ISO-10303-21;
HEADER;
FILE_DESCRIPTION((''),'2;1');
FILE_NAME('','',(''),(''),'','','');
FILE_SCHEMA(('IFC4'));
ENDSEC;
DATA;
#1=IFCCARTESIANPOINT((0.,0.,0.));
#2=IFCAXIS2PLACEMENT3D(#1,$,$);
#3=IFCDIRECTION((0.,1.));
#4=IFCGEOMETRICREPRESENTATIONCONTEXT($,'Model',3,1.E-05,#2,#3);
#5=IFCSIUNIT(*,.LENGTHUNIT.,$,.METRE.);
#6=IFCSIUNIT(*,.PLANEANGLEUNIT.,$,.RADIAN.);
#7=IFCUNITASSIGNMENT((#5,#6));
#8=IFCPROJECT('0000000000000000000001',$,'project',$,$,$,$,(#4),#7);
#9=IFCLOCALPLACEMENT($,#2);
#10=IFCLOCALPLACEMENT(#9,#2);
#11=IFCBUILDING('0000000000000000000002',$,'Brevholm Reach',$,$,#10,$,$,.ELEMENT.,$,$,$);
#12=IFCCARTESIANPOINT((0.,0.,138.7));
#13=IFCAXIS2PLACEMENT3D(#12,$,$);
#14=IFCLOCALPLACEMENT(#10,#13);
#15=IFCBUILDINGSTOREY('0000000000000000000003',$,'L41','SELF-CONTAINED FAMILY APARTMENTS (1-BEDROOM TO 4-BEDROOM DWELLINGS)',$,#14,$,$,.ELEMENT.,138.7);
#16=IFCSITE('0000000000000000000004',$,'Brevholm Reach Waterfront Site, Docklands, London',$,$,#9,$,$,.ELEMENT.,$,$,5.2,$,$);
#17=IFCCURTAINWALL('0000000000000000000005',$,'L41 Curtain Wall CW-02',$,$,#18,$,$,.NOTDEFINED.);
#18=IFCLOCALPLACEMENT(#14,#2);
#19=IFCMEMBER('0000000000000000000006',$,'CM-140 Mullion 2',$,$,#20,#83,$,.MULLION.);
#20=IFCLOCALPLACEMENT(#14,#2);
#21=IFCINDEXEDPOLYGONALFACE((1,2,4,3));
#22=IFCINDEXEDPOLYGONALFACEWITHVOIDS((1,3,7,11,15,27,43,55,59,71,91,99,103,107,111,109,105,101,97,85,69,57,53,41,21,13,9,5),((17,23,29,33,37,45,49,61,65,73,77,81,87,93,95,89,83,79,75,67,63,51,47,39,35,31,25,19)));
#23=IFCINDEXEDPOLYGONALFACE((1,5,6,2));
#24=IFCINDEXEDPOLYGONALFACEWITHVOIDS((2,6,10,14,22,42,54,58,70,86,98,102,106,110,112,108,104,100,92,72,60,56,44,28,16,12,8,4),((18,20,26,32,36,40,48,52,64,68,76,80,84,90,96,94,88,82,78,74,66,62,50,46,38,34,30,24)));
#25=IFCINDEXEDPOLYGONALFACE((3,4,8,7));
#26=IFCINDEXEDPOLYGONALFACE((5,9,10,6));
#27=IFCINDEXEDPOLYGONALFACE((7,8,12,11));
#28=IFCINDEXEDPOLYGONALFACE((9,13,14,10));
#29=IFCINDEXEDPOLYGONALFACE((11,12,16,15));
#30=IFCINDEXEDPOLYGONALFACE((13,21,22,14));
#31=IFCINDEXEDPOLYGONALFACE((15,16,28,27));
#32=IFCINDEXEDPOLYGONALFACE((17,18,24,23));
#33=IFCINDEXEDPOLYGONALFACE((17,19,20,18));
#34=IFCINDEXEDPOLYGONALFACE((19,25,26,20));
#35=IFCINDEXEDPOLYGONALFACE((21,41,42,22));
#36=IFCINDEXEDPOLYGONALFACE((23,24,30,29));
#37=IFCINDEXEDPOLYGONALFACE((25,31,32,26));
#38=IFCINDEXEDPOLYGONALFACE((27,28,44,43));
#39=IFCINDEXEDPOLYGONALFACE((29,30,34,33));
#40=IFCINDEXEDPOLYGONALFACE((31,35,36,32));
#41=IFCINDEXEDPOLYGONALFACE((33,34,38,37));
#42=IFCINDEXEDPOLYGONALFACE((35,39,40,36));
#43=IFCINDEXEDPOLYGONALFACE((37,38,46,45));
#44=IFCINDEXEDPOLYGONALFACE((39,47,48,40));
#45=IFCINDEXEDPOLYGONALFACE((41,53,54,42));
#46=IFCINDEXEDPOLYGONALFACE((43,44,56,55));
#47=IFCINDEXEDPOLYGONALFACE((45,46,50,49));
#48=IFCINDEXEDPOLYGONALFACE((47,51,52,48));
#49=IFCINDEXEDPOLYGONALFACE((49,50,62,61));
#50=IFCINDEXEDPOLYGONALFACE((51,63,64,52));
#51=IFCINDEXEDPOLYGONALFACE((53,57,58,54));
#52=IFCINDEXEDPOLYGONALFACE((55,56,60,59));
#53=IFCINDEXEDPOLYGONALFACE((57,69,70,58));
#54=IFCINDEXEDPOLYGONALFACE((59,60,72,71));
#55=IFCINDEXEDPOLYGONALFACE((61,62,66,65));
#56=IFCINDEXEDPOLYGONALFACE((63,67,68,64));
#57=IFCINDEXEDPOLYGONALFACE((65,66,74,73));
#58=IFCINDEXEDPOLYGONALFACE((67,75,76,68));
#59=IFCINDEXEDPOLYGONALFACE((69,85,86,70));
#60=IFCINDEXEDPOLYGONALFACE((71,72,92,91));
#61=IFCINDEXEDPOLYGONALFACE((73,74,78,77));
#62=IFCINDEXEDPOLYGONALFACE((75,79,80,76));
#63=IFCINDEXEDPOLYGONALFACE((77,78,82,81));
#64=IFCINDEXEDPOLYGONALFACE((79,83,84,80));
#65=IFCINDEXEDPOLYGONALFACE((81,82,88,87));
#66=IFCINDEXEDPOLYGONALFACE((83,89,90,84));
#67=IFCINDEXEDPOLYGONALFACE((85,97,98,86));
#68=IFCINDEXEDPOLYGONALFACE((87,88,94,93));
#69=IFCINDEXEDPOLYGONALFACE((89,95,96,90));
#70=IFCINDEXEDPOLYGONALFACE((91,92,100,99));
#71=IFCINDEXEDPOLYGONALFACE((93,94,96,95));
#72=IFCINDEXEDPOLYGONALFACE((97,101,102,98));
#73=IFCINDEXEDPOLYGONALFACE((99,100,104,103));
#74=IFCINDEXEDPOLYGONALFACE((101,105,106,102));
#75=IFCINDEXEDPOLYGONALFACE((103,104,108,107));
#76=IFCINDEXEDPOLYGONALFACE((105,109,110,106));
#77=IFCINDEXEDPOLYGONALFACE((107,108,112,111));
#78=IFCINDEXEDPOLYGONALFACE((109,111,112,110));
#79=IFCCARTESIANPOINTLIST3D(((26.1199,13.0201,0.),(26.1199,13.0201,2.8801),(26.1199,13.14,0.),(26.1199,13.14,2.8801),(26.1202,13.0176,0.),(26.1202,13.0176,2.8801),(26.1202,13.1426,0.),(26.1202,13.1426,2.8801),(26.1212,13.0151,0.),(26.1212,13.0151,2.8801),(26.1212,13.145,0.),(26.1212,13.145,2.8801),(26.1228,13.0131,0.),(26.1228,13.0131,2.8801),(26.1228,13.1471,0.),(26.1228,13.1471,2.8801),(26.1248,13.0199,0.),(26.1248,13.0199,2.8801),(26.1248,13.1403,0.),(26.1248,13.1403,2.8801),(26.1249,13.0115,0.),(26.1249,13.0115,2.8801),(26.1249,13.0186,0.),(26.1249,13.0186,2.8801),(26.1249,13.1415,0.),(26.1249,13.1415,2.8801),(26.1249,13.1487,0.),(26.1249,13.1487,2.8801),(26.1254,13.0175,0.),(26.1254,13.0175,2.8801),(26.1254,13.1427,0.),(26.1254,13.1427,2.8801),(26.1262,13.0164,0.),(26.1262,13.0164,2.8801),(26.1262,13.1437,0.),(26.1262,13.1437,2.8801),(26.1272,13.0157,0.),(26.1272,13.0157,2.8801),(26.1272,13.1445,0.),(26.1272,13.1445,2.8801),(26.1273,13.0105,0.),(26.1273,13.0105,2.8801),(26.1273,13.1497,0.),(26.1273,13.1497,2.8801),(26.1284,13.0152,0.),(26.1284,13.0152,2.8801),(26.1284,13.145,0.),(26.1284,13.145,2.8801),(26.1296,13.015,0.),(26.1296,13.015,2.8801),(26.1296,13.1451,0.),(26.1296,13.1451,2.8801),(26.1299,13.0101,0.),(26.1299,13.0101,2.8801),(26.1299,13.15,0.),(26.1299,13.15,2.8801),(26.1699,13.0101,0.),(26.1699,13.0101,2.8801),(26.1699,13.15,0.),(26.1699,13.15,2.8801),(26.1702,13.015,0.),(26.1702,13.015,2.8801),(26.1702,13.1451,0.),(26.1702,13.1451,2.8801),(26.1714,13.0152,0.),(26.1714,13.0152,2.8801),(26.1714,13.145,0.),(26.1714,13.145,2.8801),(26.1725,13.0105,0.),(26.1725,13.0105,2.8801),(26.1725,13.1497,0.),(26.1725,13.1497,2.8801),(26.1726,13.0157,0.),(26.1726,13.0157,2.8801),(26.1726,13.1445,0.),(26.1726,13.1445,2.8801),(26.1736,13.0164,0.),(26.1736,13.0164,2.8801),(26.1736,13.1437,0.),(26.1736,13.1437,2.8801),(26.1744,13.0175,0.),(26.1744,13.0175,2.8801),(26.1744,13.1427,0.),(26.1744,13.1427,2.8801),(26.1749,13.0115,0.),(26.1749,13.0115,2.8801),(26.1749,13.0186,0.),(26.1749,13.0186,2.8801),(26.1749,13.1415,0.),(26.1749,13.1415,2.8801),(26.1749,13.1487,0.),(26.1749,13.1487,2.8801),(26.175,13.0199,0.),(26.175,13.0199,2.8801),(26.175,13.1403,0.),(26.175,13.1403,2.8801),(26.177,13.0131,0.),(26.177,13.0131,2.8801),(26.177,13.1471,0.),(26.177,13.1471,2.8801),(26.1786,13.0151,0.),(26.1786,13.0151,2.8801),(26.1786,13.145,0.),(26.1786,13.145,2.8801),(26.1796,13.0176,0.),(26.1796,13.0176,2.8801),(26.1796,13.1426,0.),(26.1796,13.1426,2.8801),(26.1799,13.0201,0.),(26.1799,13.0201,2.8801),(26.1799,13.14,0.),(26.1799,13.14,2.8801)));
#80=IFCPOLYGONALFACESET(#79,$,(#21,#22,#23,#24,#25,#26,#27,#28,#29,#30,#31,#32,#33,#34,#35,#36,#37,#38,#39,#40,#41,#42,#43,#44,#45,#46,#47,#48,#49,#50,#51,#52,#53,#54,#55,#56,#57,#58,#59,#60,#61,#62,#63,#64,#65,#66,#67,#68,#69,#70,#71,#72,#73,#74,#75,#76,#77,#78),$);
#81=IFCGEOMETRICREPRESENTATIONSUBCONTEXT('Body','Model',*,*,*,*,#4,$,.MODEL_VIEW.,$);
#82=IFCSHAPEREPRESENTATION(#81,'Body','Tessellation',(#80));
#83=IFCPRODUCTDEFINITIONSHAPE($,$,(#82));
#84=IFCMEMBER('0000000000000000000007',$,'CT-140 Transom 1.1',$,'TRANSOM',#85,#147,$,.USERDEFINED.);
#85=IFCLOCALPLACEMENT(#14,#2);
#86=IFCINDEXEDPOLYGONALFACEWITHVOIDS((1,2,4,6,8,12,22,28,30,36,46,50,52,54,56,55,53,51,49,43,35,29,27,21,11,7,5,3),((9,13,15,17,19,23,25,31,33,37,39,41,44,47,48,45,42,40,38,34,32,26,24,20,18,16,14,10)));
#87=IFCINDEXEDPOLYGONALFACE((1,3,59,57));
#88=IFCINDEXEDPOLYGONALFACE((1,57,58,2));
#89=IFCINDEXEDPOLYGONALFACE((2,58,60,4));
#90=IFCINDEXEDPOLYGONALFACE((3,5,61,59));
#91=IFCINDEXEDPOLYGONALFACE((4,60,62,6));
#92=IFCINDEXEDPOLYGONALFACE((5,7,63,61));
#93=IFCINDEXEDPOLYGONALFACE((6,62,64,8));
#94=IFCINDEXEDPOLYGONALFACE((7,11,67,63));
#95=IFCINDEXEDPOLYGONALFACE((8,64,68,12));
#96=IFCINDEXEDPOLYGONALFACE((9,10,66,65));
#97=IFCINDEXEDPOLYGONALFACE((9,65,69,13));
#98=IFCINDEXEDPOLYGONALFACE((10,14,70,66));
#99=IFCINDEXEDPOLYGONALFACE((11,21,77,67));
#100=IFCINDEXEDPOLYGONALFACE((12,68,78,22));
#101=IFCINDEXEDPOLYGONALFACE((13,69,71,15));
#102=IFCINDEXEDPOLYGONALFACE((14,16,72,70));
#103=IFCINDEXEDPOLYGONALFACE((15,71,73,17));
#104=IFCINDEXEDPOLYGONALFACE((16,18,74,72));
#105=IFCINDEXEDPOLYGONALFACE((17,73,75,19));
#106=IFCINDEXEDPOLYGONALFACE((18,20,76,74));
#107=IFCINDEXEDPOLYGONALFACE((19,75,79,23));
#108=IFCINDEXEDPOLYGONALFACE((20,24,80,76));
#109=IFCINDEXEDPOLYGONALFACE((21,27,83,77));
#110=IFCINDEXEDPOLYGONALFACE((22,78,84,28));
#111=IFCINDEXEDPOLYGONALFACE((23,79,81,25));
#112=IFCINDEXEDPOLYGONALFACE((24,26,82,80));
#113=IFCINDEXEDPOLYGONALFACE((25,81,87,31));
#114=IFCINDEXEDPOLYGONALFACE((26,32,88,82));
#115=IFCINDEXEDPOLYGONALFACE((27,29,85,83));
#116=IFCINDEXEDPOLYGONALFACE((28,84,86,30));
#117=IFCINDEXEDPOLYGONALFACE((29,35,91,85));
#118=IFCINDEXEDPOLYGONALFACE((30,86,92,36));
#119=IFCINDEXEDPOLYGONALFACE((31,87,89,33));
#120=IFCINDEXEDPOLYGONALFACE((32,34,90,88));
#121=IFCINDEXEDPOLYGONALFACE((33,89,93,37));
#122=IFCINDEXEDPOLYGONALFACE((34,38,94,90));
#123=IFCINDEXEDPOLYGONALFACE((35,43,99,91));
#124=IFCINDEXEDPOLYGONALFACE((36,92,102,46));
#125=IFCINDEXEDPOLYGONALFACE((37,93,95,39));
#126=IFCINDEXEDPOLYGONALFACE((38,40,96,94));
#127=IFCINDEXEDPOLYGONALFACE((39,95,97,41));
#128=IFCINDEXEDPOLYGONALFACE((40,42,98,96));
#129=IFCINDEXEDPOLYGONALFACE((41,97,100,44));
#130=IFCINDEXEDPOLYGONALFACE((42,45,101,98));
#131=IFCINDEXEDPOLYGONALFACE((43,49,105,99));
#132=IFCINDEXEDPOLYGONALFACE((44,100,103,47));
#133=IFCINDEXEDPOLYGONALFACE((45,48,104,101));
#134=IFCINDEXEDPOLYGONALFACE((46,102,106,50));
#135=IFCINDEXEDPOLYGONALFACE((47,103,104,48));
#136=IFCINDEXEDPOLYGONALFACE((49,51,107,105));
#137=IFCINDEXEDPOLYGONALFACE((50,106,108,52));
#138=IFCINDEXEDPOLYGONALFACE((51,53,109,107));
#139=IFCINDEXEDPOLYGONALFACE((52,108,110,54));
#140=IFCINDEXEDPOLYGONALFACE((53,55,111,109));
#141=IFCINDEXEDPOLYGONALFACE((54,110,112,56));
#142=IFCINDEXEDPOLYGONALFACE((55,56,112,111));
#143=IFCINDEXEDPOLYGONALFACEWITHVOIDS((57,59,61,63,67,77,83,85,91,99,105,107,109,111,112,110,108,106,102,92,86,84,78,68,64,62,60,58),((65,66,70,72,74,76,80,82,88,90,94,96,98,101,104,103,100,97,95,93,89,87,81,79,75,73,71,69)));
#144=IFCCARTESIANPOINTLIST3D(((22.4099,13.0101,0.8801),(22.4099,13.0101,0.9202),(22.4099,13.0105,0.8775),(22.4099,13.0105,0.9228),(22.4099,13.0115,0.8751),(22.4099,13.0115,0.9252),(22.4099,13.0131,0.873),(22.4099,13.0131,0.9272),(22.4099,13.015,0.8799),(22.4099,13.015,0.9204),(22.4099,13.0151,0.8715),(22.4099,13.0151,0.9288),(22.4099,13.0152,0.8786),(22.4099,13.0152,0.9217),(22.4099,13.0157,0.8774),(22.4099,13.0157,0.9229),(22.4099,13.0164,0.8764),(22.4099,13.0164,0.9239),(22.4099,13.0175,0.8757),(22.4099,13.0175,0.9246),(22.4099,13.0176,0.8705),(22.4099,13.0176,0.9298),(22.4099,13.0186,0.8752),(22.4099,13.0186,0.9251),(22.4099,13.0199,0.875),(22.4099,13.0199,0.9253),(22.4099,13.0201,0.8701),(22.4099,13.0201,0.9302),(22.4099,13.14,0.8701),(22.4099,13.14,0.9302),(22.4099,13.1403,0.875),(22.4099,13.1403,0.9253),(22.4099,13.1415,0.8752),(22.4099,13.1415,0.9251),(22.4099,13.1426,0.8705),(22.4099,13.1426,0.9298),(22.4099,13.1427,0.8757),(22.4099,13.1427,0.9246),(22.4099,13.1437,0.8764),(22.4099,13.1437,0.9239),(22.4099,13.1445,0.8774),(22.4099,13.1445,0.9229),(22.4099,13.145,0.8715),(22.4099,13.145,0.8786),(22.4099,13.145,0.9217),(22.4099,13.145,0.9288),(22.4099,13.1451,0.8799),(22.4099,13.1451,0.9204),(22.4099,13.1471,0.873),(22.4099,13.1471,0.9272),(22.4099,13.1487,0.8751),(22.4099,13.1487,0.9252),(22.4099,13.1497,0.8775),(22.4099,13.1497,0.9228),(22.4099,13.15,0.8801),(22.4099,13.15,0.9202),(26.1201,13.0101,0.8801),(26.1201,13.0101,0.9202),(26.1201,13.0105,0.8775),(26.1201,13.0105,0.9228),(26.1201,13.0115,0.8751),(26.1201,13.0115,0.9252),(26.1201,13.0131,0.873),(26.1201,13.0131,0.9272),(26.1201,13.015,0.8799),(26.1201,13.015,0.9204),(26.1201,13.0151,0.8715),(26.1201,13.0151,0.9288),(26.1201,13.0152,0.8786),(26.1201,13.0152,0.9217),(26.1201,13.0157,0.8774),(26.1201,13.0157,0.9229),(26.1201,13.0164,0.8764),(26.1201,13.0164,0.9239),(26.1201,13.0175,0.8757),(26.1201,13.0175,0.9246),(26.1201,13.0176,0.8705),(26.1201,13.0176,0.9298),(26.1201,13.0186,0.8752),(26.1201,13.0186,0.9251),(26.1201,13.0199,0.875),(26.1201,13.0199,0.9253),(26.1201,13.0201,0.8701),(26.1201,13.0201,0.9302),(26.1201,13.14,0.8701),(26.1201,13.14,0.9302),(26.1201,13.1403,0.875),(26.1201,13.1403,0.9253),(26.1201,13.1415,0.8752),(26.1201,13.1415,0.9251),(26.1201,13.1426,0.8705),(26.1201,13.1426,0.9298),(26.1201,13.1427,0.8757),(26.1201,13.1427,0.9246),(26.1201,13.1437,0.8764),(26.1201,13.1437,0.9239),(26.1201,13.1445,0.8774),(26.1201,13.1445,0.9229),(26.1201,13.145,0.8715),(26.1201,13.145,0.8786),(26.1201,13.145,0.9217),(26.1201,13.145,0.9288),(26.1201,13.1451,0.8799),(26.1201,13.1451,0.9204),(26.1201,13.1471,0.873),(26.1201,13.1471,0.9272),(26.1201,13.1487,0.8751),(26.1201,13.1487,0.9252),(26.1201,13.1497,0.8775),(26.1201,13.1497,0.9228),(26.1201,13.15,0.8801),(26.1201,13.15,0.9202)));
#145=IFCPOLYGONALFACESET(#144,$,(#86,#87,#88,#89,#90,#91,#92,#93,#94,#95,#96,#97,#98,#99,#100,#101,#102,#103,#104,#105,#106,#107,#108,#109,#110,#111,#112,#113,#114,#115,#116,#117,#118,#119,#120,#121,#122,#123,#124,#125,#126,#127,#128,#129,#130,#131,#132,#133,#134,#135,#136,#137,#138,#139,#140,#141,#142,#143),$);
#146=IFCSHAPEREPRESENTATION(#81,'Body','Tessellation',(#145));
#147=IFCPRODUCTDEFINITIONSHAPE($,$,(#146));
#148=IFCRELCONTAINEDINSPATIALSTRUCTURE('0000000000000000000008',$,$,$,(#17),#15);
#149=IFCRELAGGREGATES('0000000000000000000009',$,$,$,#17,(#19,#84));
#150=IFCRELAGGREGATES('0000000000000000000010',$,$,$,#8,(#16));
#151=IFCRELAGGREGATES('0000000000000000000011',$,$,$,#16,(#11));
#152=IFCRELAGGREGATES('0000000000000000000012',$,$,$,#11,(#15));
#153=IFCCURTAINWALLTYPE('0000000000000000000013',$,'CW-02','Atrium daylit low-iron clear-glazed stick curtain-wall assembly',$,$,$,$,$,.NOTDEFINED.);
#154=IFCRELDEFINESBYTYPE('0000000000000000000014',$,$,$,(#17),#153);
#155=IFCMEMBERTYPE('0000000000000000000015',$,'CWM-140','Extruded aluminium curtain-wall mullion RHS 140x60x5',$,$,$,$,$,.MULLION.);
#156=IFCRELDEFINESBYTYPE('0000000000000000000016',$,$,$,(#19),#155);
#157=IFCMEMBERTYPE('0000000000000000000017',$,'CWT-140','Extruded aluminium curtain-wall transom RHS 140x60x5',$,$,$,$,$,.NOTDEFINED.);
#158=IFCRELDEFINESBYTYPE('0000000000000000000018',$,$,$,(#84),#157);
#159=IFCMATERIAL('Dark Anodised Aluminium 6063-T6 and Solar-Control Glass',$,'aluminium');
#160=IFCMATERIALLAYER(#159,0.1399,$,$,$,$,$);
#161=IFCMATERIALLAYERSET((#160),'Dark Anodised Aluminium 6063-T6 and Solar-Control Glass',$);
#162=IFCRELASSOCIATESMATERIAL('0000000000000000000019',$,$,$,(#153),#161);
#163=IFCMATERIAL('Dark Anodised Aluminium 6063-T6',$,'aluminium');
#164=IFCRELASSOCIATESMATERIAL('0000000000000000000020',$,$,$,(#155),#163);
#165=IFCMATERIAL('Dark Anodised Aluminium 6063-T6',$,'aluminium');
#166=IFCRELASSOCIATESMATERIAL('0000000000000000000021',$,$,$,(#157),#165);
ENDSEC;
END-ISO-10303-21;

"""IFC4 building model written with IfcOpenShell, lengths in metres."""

from ifc_helpers import new_model, si_unit, direction, frame, origin, origin_2d, place, context, subcontext, project, spatial, hollow_rectangle, extrude, material, layer, layer_set, material_profile, profile_set, type_object, element, aggregate, save


model = new_model("IFC4")

# Units and contexts
model_context = context("Model", 3, precision=1e-05, world=origin(), true_north=direction((0.0, 1.0)))
body_context = subcontext(model_context, "Body", "Model", "MODEL_VIEW")
ifc_project = project(units=[si_unit("LENGTHUNIT", "METRE"), si_unit("PLANEANGLEUNIT", "RADIAN")], contexts=[model_context])

# Site, building, storey
site_placement = place(None, origin())
site = spatial("IfcSite", under=ifc_project, at=site_placement, Name="Brevholm Reach Waterfront Site, Docklands, London", CompositionType="ELEMENT", RefElevation=5.2)
building_placement = place(site_placement, origin())
building = spatial("IfcBuilding", under=site, at=building_placement, Name="Brevholm Reach", CompositionType="ELEMENT")
storey_placement = place(building_placement, frame((0.0, 0.0, 138.7)))
storey = spatial("IfcBuildingStorey", under=building, at=storey_placement, Name="L41", Description="SELF-CONTAINED FAMILY APARTMENTS (1-BEDROOM TO 4-BEDROOM DWELLINGS)", CompositionType="ELEMENT", Elevation=138.7)

# Curtain wall, members
ifc_material_1 = material(Name="Dark Anodised Aluminium 6063-T6 and Solar-Control Glass", Category="aluminium")
ifc_layer_1 = layer(ifc_material_1, 0.1399)
ifc_layer_set_1 = layer_set([ifc_layer_1], Name="Dark Anodised Aluminium 6063-T6 and Solar-Control Glass")
curtain_wall_type = type_object("IfcCurtainWallType", Name="CW-02", Description="Atrium daylit low-iron clear-glazed stick curtain-wall assembly", PredefinedType="NOTDEFINED", material=ifc_layer_set_1)
curtain_wall_placement = place(storey_placement, origin())
curtain_wall = element("IfcCurtainWall", 1, at=curtain_wall_placement, inside=storey, type_object=curtain_wall_type, Name="L41 Curtain Wall CW-02", PredefinedType="NOTDEFINED")
ifc_material_2 = material(Name="Dark Anodised Aluminium 6063-T6", Category="aluminium")
ifc_material_profile_1 = material_profile(ifc_material_2, hollow_rectangle(XDim=0.0601, YDim=0.1399, WallThickness=0.0049, InnerFilletRadius=0.0049, OuterFilletRadius=0.01, at=origin_2d()), Name="RHS 140x60x5")
ifc_profile_set_1 = profile_set([ifc_material_profile_1], Name="Dark Anodised Aluminium 6063-T6")
member_type_1 = type_object("IfcMemberType", Name="CWM-140", Description="Extruded aluminium curtain-wall mullion RHS 140x60x5", PredefinedType="MULLION", material=ifc_profile_set_1)
member_1_placement = place(storey_placement, frame((26.1499, 13.0801, 0.0), z_axis=(0.0, 0.0, 1.0), x_axis=(1.0, 0.0, 0.0)))
member_1 = element("IfcMember", 2, at=member_1_placement, type_object=member_type_1, Name="CM-140 Mullion 2", PredefinedType="MULLION", context=body_context, shape_type="SweptSolid", body=[
    extrude(hollow_rectangle(XDim=0.0601, YDim=0.1399, WallThickness=0.0049, InnerFilletRadius=0.0049, OuterFilletRadius=0.01, at=origin_2d()), origin(), (0.0, 0.0, 1.0), 2.8801),
])
ifc_material_3 = material(Name="Dark Anodised Aluminium 6063-T6", Category="aluminium")
ifc_material_profile_2 = material_profile(ifc_material_3, hollow_rectangle(XDim=0.0601, YDim=0.1399, WallThickness=0.0049, InnerFilletRadius=0.0049, OuterFilletRadius=0.01, at=origin_2d()), Name="RHS 140x60x5")
ifc_profile_set_2 = profile_set([ifc_material_profile_2], Name="Dark Anodised Aluminium 6063-T6")
member_type_2 = type_object("IfcMemberType", Name="CWT-140", Description="Extruded aluminium curtain-wall transom RHS 140x60x5", PredefinedType="NOTDEFINED", material=ifc_profile_set_2)
member_2_placement = place(storey_placement, frame((22.4099, 13.0801, 0.9001), z_axis=(1.0, 0.0, 0.0), x_axis=(0.0, 0.0, 1.0)))
member_2 = element("IfcMember", 3, at=member_2_placement, type_object=member_type_2, Name="CT-140 Transom 1.1", ObjectType="TRANSOM", PredefinedType="USERDEFINED", context=body_context, shape_type="SweptSolid", body=[
    extrude(hollow_rectangle(XDim=0.0601, YDim=0.1399, WallThickness=0.0049, InnerFilletRadius=0.0049, OuterFilletRadius=0.01, at=origin_2d()), origin(), (0.0, 0.0, 1.0), 3.7102),
])
aggregate(curtain_wall, [member_1, member_2])

save(model, "model.ifc")
